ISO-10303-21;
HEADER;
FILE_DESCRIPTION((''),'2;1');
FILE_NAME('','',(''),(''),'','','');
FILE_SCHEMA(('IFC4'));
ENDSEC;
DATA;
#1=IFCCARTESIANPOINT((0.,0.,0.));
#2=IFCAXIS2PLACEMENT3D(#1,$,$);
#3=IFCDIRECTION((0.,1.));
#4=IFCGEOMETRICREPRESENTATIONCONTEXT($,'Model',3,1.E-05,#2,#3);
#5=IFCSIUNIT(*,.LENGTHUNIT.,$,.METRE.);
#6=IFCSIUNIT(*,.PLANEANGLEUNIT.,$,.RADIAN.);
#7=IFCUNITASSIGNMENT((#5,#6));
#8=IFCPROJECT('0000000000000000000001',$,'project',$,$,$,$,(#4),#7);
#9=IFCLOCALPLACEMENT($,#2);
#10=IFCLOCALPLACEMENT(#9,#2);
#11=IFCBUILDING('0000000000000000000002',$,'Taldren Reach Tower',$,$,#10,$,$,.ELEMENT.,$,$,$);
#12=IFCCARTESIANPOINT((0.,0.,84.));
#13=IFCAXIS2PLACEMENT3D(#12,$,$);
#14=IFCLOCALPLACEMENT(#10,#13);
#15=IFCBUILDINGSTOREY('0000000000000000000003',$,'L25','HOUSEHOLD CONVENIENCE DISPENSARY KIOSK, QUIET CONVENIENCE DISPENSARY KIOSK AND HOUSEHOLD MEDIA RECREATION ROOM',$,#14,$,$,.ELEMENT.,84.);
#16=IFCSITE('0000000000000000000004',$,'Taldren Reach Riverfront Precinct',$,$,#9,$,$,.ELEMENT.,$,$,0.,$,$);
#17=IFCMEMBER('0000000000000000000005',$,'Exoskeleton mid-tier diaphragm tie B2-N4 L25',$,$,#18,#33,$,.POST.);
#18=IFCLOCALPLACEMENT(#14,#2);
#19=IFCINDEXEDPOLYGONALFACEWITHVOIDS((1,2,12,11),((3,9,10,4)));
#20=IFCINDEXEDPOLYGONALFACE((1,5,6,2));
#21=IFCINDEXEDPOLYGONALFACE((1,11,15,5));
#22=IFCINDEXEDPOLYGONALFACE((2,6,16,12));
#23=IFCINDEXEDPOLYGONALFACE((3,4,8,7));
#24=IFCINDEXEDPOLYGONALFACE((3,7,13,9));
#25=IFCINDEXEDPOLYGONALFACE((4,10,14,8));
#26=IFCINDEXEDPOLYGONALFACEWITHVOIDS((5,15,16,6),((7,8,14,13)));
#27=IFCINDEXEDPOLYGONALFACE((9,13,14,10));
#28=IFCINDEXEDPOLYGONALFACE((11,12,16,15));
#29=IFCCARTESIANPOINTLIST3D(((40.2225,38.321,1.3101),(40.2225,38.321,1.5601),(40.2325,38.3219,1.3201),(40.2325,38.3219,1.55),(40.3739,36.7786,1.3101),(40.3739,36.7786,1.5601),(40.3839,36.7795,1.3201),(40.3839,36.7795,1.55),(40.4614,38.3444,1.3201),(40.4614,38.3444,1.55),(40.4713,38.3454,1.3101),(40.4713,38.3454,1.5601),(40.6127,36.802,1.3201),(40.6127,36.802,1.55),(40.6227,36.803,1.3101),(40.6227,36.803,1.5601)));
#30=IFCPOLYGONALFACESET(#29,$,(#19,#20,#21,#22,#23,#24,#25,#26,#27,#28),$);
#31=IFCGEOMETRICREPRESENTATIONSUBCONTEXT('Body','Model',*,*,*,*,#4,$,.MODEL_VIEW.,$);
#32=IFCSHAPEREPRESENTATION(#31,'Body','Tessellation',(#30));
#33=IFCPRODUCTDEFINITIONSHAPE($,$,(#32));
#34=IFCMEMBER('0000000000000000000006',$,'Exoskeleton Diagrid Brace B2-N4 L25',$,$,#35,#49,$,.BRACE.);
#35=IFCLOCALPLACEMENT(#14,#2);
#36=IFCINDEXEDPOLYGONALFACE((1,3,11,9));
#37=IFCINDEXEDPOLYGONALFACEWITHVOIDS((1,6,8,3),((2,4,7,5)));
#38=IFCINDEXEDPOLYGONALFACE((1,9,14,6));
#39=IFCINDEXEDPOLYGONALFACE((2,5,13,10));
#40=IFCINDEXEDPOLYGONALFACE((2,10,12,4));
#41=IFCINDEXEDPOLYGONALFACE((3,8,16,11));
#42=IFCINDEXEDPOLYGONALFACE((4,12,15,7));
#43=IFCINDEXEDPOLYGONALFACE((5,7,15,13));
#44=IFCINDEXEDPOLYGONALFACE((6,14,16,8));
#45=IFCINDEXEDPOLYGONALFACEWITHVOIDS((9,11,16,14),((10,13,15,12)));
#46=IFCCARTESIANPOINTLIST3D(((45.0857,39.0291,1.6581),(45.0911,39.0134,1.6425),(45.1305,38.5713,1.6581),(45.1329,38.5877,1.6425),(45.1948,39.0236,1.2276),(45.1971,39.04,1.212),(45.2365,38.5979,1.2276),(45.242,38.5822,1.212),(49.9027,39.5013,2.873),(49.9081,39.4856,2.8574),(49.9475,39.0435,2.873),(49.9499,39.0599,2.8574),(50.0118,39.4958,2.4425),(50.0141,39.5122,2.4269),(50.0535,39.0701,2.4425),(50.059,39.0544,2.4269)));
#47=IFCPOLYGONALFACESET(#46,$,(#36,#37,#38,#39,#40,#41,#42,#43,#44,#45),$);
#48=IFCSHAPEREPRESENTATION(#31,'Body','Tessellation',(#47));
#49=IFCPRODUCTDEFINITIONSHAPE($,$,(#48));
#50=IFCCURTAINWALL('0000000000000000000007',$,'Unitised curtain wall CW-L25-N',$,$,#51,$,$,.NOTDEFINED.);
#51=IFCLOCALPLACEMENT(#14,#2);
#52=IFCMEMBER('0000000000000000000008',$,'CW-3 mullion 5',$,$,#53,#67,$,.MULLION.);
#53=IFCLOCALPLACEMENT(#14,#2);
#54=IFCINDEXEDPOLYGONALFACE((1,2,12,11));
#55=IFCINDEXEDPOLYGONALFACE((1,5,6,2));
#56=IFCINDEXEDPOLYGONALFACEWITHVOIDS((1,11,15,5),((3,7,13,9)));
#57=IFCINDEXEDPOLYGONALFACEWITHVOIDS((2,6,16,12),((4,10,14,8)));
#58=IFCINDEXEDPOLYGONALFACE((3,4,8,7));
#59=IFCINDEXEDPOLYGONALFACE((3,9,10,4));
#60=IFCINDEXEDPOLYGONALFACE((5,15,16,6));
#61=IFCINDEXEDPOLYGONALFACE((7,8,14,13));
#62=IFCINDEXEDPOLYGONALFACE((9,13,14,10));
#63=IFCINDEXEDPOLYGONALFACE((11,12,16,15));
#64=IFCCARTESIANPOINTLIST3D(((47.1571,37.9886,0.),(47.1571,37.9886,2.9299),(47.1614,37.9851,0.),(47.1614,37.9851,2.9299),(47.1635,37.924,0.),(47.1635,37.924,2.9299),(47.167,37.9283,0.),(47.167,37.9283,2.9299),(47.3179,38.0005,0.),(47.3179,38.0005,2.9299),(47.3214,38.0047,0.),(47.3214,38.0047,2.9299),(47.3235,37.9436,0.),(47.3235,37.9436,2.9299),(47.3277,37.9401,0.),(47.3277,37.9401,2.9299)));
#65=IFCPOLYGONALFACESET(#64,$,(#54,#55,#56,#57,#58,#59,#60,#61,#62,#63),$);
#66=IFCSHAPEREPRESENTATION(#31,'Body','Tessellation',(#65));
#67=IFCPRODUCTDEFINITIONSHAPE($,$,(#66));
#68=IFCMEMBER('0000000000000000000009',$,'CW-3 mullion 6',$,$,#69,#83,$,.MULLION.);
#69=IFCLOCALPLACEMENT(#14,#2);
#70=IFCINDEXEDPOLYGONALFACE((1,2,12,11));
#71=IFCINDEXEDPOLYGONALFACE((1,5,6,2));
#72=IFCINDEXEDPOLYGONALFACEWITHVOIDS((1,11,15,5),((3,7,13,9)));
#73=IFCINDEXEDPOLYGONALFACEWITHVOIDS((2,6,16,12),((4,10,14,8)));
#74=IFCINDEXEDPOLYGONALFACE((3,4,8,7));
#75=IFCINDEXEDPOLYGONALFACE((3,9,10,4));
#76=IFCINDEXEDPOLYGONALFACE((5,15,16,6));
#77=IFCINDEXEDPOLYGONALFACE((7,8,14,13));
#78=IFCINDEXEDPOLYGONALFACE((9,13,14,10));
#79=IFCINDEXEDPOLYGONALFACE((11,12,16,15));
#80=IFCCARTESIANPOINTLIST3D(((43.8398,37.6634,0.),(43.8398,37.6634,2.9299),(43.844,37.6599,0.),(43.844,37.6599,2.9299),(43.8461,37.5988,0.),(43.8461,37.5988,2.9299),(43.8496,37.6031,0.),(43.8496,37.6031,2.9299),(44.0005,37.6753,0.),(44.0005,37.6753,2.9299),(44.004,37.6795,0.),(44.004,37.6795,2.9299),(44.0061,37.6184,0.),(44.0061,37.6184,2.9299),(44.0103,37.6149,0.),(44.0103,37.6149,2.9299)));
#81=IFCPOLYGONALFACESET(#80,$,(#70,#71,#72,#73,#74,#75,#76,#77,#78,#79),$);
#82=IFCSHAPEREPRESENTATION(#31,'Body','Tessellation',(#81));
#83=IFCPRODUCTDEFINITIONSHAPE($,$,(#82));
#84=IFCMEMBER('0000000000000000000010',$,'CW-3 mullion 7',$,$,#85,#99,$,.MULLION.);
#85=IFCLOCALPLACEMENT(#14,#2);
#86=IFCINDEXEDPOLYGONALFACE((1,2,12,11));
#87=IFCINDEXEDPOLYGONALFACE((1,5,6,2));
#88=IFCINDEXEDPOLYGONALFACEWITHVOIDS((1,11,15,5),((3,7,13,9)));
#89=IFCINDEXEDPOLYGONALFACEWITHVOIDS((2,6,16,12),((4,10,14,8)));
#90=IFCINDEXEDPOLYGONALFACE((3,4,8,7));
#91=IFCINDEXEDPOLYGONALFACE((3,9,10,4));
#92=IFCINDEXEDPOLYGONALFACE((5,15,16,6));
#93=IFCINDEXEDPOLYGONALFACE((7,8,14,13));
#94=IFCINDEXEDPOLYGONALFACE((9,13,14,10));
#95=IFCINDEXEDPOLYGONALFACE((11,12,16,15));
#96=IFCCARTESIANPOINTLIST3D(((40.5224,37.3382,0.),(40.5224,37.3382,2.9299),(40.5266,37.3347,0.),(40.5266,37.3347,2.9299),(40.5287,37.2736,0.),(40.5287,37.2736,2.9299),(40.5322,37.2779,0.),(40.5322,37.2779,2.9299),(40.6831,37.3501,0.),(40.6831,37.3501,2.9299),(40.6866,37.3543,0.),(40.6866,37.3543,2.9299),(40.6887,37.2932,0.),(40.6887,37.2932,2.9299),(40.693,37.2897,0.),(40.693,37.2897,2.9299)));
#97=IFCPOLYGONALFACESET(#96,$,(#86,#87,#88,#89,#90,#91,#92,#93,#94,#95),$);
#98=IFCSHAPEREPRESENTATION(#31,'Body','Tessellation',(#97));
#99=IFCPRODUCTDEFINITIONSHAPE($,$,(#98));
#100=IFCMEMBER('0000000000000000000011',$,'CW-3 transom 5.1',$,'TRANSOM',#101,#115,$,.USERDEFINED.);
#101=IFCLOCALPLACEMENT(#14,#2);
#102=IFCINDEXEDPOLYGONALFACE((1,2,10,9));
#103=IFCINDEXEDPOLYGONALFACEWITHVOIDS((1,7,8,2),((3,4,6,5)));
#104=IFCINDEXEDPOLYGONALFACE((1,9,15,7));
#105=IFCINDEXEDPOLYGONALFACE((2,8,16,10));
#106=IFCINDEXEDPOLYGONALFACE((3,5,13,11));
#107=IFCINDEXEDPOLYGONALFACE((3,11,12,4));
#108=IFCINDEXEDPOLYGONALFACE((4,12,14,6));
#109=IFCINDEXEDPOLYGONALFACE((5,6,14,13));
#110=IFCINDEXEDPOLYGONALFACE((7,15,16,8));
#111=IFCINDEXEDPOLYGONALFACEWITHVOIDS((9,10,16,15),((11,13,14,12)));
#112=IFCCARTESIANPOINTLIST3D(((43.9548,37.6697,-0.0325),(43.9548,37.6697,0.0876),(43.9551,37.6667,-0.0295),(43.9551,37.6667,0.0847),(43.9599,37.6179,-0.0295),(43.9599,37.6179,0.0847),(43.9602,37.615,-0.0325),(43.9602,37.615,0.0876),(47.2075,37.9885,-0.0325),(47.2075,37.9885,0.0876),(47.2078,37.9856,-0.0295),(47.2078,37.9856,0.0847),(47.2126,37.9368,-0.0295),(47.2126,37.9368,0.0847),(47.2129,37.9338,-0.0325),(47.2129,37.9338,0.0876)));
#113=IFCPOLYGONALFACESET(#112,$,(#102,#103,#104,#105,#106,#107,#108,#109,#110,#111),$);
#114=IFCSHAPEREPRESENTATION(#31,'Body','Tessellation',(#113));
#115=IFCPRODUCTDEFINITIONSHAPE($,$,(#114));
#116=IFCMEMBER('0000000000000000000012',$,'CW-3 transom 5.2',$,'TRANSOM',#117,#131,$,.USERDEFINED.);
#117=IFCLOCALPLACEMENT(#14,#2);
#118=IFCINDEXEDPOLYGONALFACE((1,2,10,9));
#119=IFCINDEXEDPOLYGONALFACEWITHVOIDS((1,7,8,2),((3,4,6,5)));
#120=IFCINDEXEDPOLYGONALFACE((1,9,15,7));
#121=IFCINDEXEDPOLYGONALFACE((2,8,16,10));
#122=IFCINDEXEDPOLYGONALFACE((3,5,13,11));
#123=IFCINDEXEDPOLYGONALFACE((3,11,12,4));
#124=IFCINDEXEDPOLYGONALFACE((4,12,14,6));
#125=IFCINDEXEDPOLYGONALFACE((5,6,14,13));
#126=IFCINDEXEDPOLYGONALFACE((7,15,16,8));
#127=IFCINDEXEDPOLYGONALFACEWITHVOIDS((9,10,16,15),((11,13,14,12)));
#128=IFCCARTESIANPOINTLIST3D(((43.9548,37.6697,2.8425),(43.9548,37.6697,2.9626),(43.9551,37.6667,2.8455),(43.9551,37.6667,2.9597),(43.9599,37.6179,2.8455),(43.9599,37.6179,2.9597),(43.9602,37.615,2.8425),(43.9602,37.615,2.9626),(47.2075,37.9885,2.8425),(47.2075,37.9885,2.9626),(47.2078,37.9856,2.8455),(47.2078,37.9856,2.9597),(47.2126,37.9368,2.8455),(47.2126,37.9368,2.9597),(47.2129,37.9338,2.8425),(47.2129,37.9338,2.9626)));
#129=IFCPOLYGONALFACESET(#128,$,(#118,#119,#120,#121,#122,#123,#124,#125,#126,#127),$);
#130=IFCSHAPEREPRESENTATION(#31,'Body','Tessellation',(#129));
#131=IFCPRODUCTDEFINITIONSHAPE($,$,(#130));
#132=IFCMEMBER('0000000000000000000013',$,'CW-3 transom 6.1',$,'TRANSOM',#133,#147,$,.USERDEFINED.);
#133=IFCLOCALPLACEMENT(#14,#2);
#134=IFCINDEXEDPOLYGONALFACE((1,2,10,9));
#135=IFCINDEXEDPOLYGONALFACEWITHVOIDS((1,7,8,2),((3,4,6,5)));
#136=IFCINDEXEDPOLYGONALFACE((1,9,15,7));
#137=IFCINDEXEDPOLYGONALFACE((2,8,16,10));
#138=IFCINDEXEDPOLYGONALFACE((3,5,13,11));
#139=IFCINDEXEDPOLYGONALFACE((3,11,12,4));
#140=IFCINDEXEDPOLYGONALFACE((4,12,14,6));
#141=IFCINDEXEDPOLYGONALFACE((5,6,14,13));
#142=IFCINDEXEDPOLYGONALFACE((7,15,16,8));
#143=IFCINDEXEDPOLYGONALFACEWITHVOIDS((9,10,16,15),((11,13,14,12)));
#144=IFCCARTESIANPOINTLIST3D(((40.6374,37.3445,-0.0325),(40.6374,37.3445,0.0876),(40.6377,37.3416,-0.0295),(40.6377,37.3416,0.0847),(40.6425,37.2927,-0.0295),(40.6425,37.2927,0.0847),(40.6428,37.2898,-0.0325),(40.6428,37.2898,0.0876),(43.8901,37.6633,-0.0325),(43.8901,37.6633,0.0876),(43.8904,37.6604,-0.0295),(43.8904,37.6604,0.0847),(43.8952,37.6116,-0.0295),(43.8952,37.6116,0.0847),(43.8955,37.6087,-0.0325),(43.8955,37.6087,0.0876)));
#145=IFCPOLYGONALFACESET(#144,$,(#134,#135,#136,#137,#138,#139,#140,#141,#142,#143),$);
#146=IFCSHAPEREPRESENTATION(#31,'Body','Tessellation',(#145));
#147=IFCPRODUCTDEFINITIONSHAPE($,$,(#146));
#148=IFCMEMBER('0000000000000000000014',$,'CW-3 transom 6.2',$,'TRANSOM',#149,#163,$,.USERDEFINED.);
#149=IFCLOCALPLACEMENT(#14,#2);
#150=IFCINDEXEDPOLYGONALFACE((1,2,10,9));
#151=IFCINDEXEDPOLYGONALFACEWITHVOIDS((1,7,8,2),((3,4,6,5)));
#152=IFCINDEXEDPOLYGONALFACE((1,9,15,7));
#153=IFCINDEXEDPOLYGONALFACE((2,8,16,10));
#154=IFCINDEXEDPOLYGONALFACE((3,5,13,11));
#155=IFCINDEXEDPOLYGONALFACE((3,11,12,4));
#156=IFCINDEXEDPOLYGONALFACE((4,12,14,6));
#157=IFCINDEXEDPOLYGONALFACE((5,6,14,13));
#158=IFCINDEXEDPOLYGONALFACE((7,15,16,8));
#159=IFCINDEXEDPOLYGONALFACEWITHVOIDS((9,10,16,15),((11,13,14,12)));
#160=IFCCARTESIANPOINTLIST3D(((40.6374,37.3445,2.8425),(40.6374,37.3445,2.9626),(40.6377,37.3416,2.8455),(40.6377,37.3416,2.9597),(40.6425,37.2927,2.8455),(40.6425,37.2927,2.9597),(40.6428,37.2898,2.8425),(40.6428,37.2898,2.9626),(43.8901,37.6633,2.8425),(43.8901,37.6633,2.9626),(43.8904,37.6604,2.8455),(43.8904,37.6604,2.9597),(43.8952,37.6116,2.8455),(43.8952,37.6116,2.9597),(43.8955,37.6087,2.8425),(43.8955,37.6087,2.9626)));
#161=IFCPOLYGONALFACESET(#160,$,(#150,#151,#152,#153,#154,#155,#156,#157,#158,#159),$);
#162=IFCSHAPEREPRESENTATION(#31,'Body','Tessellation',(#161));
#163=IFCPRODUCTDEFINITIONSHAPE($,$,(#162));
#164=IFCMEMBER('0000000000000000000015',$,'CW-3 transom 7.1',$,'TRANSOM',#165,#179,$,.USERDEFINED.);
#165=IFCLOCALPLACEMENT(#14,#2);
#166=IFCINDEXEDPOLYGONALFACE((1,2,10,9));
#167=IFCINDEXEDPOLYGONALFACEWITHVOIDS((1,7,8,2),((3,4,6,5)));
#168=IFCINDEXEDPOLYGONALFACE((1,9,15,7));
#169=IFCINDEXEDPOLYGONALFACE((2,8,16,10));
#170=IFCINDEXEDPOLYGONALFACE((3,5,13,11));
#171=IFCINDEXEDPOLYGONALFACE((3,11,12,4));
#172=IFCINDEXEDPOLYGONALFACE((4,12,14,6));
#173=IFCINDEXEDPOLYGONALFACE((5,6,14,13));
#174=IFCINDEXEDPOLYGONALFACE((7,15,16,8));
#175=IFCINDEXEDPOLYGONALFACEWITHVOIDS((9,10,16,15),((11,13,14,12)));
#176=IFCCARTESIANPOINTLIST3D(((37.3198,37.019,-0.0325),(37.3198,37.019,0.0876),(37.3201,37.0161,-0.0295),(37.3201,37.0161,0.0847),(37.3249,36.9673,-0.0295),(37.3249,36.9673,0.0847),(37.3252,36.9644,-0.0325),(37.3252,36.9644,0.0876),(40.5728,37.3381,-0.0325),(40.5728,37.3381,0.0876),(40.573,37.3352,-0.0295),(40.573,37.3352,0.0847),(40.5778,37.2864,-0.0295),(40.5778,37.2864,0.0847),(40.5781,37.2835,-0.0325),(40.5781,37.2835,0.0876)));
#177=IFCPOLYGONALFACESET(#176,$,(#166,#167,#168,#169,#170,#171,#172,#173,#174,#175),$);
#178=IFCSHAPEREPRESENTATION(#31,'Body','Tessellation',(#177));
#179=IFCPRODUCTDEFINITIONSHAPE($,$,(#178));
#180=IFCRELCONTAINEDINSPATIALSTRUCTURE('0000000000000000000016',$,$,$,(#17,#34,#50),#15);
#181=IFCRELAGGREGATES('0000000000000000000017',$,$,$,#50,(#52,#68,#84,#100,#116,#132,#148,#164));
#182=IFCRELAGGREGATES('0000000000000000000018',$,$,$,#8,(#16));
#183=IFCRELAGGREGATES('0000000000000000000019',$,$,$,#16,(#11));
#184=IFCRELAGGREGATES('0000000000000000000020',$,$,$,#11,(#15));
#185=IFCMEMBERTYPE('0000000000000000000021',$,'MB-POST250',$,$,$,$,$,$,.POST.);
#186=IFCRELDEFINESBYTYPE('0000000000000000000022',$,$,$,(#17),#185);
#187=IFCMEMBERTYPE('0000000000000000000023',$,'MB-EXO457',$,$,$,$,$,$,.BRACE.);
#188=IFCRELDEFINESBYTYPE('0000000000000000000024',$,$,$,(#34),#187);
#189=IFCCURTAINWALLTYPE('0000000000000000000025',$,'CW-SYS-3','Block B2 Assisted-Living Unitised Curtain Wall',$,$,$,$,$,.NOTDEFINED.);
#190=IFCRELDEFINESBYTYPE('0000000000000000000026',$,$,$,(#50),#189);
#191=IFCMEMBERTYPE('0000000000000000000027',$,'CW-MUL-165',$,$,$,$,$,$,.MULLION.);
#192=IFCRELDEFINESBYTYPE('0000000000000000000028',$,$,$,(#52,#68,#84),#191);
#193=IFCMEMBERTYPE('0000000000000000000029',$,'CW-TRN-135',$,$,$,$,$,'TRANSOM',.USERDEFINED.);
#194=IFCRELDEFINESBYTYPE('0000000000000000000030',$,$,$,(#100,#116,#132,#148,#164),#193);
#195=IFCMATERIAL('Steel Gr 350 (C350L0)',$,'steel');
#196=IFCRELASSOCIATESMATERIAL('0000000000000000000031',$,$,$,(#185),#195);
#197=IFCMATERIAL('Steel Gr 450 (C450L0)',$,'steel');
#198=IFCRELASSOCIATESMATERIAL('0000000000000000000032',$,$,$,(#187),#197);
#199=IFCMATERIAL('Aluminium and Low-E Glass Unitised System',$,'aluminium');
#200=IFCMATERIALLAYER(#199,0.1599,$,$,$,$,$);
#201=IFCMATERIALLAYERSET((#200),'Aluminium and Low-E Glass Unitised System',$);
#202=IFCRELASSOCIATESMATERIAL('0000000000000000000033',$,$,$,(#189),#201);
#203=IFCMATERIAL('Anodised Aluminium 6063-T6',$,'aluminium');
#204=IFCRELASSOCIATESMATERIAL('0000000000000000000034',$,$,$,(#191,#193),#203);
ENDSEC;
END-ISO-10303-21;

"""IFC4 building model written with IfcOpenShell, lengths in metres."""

from ifc_helpers import new_model, si_unit, direction, frame, origin, origin_2d, place, context, subcontext, project, spatial, hollow_rectangle, extrude, source, transform, mapped, material, layer, layer_set, material_profile, profile_set, type_object, element, aggregate, save


model = new_model("IFC4")

# Units and contexts
model_context = context("Model", 3, precision=1e-05, world=origin(), true_north=direction((0.0, 1.0)))
body_context = subcontext(model_context, "Body", "Model", "MODEL_VIEW")
ifc_project = project(units=[si_unit("LENGTHUNIT", "METRE"), si_unit("PLANEANGLEUNIT", "RADIAN")], contexts=[model_context])

# Site, building, storey
site_placement = place(None, origin())
site = spatial("IfcSite", under=ifc_project, at=site_placement, Name="Taldren Reach Riverfront Precinct", CompositionType="ELEMENT", RefElevation=0.0)
building_placement = place(site_placement, origin())
building = spatial("IfcBuilding", under=site, at=building_placement, Name="Taldren Reach Tower", CompositionType="ELEMENT")
storey_placement = place(building_placement, frame((0.0, 0.0, 84.0)))
storey = spatial("IfcBuildingStorey", under=building, at=storey_placement, Name="L25", Description="HOUSEHOLD CONVENIENCE DISPENSARY KIOSK, QUIET CONVENIENCE DISPENSARY KIOSK AND HOUSEHOLD MEDIA RECREATION ROOM", CompositionType="ELEMENT", Elevation=84.0)

# Members
ifc_material_1 = material(Name="Steel Gr 350 (C350L0)", Category="steel")
ifc_material_profile_1 = material_profile(ifc_material_1, hollow_rectangle(XDim=0.25, YDim=0.25, WallThickness=0.01, at=origin_2d()), Name="250x250x10.0SHS")
ifc_profile_set_1 = profile_set([ifc_material_profile_1], Name="Steel Gr 350 (C350L0)")
member_type_1 = type_object("IfcMemberType", Name="MB-POST250", PredefinedType="POST", material=ifc_profile_set_1)
shared_shape_1 = source(origin(), body_context, "Body", "SweptSolid", [
    extrude(hollow_rectangle(XDim=0.25, YDim=0.25, WallThickness=0.01, at=origin_2d()), origin(), (0.0, 0.0, 1.0), 1.5498),
])
member_1_placement = place(storey_placement, frame((40.4983, 36.7908, 1.4351), z_axis=(-0.097663, 0.99522, 0.0), x_axis=(-0.99522, -0.097663, 0.0)))
element("IfcMember", 1, at=member_1_placement, inside=storey, type_object=member_type_1, Name="Exoskeleton mid-tier diaphragm tie B2-N4 L25", PredefinedType="POST", context=body_context, shape_type="MappedRepresentation", body=[
    mapped(shared_shape_1, transform((0.0, 0.0, 0.0), scale=1.0)),
])
ifc_material_2 = material(Name="Steel Gr 450 (C450L0)", Category="steel")
ifc_material_profile_2 = material_profile(ifc_material_2, hollow_rectangle(XDim=0.46, YDim=0.46, WallThickness=0.0161, at=origin_2d()), Name="460x460x16.0SHS")
ifc_profile_set_2 = profile_set([ifc_material_profile_2], Name="Steel Gr 450 (C450L0)")
member_type_2 = type_object("IfcMemberType", Name="MB-EXO457", PredefinedType="BRACE", material=ifc_profile_set_2)
shared_shape_2 = source(origin(), body_context, "Body", "SweptSolid", [
    extrude(hollow_rectangle(XDim=0.46, YDim=0.46, WallThickness=0.0161, at=origin_2d()), origin(), (0.0, 0.0, 1.0), 4.9902),
])
member_2_placement = place(storey_placement, frame((45.1638, 38.8057, 1.4351), z_axis=(0.965287, 0.094621, 0.24345), x_axis=(-0.097556, 0.99523, 0.0)))
element("IfcMember", 2, at=member_2_placement, inside=storey, type_object=member_type_2, Name="Exoskeleton Diagrid Brace B2-N4 L25", PredefinedType="BRACE", context=body_context, shape_type="MappedRepresentation", body=[
    mapped(shared_shape_2, transform((0.0, 0.0, 0.0), scale=1.0)),
])

# Curtain wall, members
ifc_material_3 = material(Name="Aluminium and Low-E Glass Unitised System", Category="aluminium")
ifc_layer_1 = layer(ifc_material_3, 0.1599)
ifc_layer_set_1 = layer_set([ifc_layer_1], Name="Aluminium and Low-E Glass Unitised System")
curtain_wall_type = type_object("IfcCurtainWallType", Name="CW-SYS-3", Description="Block B2 Assisted-Living Unitised Curtain Wall", PredefinedType="NOTDEFINED", material=ifc_layer_set_1)
curtain_wall_placement = place(storey_placement, origin())
curtain_wall = element("IfcCurtainWall", 3, at=curtain_wall_placement, inside=storey, type_object=curtain_wall_type, Name="Unitised curtain wall CW-L25-N", PredefinedType="NOTDEFINED")
ifc_material_4 = material(Name="Anodised Aluminium 6063-T6", Category="aluminium")
ifc_material_profile_3 = material_profile(ifc_material_4, hollow_rectangle(XDim=0.0649, YDim=0.165, WallThickness=0.0039, at=origin_2d()), Name="ALU-165x65x4RHS")
ifc_profile_set_3 = profile_set([ifc_material_profile_3], Name="Anodised Aluminium 6063-T6")
member_type_3 = type_object("IfcMemberType", Name="CW-MUL-165", PredefinedType="MULLION", material=ifc_profile_set_3)
shared_shape_3 = source(origin(), body_context, "Body", "SweptSolid", [
    extrude(hollow_rectangle(XDim=0.0649, YDim=0.165, WallThickness=0.0039, at=origin_2d()), origin(), (0.0, 0.0, 1.0), 2.9299),
])
member_3_placement = place(storey_placement, frame((47.2424, 37.9644, 0.0), z_axis=(0.0, 0.0, 1.0), x_axis=(0.097583, -0.995227, 0.0)))
member_3 = element("IfcMember", 4, at=member_3_placement, type_object=member_type_3, Name="CW-3 mullion 5", PredefinedType="MULLION", context=body_context, shape_type="MappedRepresentation", body=[
    mapped(shared_shape_3, transform((0.0, 0.0, 0.0), scale=1.0)),
])
member_4_placement = place(storey_placement, frame((43.925, 37.6392, 0.0), z_axis=(0.0, 0.0, 1.0), x_axis=(0.097583, -0.995227, 0.0)))
member_4 = element("IfcMember", 5, at=member_4_placement, type_object=member_type_3, Name="CW-3 mullion 6", PredefinedType="MULLION", context=body_context, shape_type="MappedRepresentation", body=[
    mapped(shared_shape_3, transform((0.0, 0.0, 0.0), scale=1.0)),
])
member_5_placement = place(storey_placement, frame((40.6077, 37.314, 0.0), z_axis=(0.0, 0.0, 1.0), x_axis=(0.097583, -0.995227, 0.0)))
member_5 = element("IfcMember", 6, at=member_5_placement, type_object=member_type_3, Name="CW-3 mullion 7", PredefinedType="MULLION", context=body_context, shape_type="MappedRepresentation", body=[
    mapped(shared_shape_3, transform((0.0, 0.0, 0.0), scale=1.0)),
])
ifc_material_profile_4 = material_profile(ifc_material_4, hollow_rectangle(XDim=0.0549, YDim=0.1201, WallThickness=0.0029, at=origin_2d()), Name="ALU-120x55x3RHS")
ifc_profile_set_4 = profile_set([ifc_material_profile_4], Name="Anodised Aluminium 6063-T6")
member_type_4 = type_object("IfcMemberType", Name="CW-TRN-135", ElementType="TRANSOM", PredefinedType="USERDEFINED", material=ifc_profile_set_4)
shared_shape_4 = source(origin(), body_context, "Body", "SweptSolid", [
    extrude(hollow_rectangle(XDim=0.0549, YDim=0.1201, WallThickness=0.0029, at=origin_2d()), origin(), (0.0, 0.0, 1.0), 3.2683),
])
member_6_placement = place(storey_placement, frame((47.2102, 37.9612, 0.0276), z_axis=(-0.99523, -0.097558, 0.0), x_axis=(0.097558, -0.99523, 0.0)))
member_6 = element("IfcMember", 7, at=member_6_placement, type_object=member_type_4, Name="CW-3 transom 5.1", ObjectType="TRANSOM", PredefinedType="USERDEFINED", context=body_context, shape_type="MappedRepresentation", body=[
    mapped(shared_shape_4, transform((0.0, 0.0, 0.0), scale=1.0)),
])
member_7_placement = place(storey_placement, frame((47.2102, 37.9612, 2.9026), z_axis=(-0.99523, -0.097558, 0.0), x_axis=(0.097558, -0.99523, 0.0)))
member_7 = element("IfcMember", 8, at=member_7_placement, type_object=member_type_4, Name="CW-3 transom 5.2", ObjectType="TRANSOM", PredefinedType="USERDEFINED", context=body_context, shape_type="MappedRepresentation", body=[
    mapped(shared_shape_4, transform((0.0, 0.0, 0.0), scale=1.0)),
])
member_8_placement = place(storey_placement, frame((43.8928, 37.636, 0.0276), z_axis=(-0.99523, -0.097558, 0.0), x_axis=(0.097558, -0.99523, 0.0)))
member_8 = element("IfcMember", 9, at=member_8_placement, type_object=member_type_4, Name="CW-3 transom 6.1", ObjectType="TRANSOM", PredefinedType="USERDEFINED", context=body_context, shape_type="MappedRepresentation", body=[
    mapped(shared_shape_4, transform((0.0, 0.0, 0.0), scale=1.0)),
])
member_9_placement = place(storey_placement, frame((43.8928, 37.636, 2.9026), z_axis=(-0.99523, -0.097558, 0.0), x_axis=(0.097558, -0.99523, 0.0)))
member_9 = element("IfcMember", 10, at=member_9_placement, type_object=member_type_4, Name="CW-3 transom 6.2", ObjectType="TRANSOM", PredefinedType="USERDEFINED", context=body_context, shape_type="MappedRepresentation", body=[
    mapped(shared_shape_4, transform((0.0, 0.0, 0.0), scale=1.0)),
])
shared_shape_5 = source(origin(), body_context, "Body", "SweptSolid", [
    extrude(hollow_rectangle(XDim=0.0549, YDim=0.1201, WallThickness=0.0029, at=origin_2d()), origin(), (0.0, 0.0, 1.0), 3.2686),
])
member_10_placement = place(storey_placement, frame((40.5754, 37.3108, 0.0276), z_axis=(-0.995223, -0.097625, 0.0), x_axis=(0.097625, -0.995223, 0.0)))
member_10 = element("IfcMember", 11, at=member_10_placement, type_object=member_type_4, Name="CW-3 transom 7.1", ObjectType="TRANSOM", PredefinedType="USERDEFINED", context=body_context, shape_type="MappedRepresentation", body=[
    mapped(shared_shape_5, transform((0.0, 0.0, 0.0), scale=1.0)),
])

aggregate(curtain_wall, [member_3, member_4, member_5, member_6, member_7, member_8, member_9, member_10])

save(model, "model.ifc")
